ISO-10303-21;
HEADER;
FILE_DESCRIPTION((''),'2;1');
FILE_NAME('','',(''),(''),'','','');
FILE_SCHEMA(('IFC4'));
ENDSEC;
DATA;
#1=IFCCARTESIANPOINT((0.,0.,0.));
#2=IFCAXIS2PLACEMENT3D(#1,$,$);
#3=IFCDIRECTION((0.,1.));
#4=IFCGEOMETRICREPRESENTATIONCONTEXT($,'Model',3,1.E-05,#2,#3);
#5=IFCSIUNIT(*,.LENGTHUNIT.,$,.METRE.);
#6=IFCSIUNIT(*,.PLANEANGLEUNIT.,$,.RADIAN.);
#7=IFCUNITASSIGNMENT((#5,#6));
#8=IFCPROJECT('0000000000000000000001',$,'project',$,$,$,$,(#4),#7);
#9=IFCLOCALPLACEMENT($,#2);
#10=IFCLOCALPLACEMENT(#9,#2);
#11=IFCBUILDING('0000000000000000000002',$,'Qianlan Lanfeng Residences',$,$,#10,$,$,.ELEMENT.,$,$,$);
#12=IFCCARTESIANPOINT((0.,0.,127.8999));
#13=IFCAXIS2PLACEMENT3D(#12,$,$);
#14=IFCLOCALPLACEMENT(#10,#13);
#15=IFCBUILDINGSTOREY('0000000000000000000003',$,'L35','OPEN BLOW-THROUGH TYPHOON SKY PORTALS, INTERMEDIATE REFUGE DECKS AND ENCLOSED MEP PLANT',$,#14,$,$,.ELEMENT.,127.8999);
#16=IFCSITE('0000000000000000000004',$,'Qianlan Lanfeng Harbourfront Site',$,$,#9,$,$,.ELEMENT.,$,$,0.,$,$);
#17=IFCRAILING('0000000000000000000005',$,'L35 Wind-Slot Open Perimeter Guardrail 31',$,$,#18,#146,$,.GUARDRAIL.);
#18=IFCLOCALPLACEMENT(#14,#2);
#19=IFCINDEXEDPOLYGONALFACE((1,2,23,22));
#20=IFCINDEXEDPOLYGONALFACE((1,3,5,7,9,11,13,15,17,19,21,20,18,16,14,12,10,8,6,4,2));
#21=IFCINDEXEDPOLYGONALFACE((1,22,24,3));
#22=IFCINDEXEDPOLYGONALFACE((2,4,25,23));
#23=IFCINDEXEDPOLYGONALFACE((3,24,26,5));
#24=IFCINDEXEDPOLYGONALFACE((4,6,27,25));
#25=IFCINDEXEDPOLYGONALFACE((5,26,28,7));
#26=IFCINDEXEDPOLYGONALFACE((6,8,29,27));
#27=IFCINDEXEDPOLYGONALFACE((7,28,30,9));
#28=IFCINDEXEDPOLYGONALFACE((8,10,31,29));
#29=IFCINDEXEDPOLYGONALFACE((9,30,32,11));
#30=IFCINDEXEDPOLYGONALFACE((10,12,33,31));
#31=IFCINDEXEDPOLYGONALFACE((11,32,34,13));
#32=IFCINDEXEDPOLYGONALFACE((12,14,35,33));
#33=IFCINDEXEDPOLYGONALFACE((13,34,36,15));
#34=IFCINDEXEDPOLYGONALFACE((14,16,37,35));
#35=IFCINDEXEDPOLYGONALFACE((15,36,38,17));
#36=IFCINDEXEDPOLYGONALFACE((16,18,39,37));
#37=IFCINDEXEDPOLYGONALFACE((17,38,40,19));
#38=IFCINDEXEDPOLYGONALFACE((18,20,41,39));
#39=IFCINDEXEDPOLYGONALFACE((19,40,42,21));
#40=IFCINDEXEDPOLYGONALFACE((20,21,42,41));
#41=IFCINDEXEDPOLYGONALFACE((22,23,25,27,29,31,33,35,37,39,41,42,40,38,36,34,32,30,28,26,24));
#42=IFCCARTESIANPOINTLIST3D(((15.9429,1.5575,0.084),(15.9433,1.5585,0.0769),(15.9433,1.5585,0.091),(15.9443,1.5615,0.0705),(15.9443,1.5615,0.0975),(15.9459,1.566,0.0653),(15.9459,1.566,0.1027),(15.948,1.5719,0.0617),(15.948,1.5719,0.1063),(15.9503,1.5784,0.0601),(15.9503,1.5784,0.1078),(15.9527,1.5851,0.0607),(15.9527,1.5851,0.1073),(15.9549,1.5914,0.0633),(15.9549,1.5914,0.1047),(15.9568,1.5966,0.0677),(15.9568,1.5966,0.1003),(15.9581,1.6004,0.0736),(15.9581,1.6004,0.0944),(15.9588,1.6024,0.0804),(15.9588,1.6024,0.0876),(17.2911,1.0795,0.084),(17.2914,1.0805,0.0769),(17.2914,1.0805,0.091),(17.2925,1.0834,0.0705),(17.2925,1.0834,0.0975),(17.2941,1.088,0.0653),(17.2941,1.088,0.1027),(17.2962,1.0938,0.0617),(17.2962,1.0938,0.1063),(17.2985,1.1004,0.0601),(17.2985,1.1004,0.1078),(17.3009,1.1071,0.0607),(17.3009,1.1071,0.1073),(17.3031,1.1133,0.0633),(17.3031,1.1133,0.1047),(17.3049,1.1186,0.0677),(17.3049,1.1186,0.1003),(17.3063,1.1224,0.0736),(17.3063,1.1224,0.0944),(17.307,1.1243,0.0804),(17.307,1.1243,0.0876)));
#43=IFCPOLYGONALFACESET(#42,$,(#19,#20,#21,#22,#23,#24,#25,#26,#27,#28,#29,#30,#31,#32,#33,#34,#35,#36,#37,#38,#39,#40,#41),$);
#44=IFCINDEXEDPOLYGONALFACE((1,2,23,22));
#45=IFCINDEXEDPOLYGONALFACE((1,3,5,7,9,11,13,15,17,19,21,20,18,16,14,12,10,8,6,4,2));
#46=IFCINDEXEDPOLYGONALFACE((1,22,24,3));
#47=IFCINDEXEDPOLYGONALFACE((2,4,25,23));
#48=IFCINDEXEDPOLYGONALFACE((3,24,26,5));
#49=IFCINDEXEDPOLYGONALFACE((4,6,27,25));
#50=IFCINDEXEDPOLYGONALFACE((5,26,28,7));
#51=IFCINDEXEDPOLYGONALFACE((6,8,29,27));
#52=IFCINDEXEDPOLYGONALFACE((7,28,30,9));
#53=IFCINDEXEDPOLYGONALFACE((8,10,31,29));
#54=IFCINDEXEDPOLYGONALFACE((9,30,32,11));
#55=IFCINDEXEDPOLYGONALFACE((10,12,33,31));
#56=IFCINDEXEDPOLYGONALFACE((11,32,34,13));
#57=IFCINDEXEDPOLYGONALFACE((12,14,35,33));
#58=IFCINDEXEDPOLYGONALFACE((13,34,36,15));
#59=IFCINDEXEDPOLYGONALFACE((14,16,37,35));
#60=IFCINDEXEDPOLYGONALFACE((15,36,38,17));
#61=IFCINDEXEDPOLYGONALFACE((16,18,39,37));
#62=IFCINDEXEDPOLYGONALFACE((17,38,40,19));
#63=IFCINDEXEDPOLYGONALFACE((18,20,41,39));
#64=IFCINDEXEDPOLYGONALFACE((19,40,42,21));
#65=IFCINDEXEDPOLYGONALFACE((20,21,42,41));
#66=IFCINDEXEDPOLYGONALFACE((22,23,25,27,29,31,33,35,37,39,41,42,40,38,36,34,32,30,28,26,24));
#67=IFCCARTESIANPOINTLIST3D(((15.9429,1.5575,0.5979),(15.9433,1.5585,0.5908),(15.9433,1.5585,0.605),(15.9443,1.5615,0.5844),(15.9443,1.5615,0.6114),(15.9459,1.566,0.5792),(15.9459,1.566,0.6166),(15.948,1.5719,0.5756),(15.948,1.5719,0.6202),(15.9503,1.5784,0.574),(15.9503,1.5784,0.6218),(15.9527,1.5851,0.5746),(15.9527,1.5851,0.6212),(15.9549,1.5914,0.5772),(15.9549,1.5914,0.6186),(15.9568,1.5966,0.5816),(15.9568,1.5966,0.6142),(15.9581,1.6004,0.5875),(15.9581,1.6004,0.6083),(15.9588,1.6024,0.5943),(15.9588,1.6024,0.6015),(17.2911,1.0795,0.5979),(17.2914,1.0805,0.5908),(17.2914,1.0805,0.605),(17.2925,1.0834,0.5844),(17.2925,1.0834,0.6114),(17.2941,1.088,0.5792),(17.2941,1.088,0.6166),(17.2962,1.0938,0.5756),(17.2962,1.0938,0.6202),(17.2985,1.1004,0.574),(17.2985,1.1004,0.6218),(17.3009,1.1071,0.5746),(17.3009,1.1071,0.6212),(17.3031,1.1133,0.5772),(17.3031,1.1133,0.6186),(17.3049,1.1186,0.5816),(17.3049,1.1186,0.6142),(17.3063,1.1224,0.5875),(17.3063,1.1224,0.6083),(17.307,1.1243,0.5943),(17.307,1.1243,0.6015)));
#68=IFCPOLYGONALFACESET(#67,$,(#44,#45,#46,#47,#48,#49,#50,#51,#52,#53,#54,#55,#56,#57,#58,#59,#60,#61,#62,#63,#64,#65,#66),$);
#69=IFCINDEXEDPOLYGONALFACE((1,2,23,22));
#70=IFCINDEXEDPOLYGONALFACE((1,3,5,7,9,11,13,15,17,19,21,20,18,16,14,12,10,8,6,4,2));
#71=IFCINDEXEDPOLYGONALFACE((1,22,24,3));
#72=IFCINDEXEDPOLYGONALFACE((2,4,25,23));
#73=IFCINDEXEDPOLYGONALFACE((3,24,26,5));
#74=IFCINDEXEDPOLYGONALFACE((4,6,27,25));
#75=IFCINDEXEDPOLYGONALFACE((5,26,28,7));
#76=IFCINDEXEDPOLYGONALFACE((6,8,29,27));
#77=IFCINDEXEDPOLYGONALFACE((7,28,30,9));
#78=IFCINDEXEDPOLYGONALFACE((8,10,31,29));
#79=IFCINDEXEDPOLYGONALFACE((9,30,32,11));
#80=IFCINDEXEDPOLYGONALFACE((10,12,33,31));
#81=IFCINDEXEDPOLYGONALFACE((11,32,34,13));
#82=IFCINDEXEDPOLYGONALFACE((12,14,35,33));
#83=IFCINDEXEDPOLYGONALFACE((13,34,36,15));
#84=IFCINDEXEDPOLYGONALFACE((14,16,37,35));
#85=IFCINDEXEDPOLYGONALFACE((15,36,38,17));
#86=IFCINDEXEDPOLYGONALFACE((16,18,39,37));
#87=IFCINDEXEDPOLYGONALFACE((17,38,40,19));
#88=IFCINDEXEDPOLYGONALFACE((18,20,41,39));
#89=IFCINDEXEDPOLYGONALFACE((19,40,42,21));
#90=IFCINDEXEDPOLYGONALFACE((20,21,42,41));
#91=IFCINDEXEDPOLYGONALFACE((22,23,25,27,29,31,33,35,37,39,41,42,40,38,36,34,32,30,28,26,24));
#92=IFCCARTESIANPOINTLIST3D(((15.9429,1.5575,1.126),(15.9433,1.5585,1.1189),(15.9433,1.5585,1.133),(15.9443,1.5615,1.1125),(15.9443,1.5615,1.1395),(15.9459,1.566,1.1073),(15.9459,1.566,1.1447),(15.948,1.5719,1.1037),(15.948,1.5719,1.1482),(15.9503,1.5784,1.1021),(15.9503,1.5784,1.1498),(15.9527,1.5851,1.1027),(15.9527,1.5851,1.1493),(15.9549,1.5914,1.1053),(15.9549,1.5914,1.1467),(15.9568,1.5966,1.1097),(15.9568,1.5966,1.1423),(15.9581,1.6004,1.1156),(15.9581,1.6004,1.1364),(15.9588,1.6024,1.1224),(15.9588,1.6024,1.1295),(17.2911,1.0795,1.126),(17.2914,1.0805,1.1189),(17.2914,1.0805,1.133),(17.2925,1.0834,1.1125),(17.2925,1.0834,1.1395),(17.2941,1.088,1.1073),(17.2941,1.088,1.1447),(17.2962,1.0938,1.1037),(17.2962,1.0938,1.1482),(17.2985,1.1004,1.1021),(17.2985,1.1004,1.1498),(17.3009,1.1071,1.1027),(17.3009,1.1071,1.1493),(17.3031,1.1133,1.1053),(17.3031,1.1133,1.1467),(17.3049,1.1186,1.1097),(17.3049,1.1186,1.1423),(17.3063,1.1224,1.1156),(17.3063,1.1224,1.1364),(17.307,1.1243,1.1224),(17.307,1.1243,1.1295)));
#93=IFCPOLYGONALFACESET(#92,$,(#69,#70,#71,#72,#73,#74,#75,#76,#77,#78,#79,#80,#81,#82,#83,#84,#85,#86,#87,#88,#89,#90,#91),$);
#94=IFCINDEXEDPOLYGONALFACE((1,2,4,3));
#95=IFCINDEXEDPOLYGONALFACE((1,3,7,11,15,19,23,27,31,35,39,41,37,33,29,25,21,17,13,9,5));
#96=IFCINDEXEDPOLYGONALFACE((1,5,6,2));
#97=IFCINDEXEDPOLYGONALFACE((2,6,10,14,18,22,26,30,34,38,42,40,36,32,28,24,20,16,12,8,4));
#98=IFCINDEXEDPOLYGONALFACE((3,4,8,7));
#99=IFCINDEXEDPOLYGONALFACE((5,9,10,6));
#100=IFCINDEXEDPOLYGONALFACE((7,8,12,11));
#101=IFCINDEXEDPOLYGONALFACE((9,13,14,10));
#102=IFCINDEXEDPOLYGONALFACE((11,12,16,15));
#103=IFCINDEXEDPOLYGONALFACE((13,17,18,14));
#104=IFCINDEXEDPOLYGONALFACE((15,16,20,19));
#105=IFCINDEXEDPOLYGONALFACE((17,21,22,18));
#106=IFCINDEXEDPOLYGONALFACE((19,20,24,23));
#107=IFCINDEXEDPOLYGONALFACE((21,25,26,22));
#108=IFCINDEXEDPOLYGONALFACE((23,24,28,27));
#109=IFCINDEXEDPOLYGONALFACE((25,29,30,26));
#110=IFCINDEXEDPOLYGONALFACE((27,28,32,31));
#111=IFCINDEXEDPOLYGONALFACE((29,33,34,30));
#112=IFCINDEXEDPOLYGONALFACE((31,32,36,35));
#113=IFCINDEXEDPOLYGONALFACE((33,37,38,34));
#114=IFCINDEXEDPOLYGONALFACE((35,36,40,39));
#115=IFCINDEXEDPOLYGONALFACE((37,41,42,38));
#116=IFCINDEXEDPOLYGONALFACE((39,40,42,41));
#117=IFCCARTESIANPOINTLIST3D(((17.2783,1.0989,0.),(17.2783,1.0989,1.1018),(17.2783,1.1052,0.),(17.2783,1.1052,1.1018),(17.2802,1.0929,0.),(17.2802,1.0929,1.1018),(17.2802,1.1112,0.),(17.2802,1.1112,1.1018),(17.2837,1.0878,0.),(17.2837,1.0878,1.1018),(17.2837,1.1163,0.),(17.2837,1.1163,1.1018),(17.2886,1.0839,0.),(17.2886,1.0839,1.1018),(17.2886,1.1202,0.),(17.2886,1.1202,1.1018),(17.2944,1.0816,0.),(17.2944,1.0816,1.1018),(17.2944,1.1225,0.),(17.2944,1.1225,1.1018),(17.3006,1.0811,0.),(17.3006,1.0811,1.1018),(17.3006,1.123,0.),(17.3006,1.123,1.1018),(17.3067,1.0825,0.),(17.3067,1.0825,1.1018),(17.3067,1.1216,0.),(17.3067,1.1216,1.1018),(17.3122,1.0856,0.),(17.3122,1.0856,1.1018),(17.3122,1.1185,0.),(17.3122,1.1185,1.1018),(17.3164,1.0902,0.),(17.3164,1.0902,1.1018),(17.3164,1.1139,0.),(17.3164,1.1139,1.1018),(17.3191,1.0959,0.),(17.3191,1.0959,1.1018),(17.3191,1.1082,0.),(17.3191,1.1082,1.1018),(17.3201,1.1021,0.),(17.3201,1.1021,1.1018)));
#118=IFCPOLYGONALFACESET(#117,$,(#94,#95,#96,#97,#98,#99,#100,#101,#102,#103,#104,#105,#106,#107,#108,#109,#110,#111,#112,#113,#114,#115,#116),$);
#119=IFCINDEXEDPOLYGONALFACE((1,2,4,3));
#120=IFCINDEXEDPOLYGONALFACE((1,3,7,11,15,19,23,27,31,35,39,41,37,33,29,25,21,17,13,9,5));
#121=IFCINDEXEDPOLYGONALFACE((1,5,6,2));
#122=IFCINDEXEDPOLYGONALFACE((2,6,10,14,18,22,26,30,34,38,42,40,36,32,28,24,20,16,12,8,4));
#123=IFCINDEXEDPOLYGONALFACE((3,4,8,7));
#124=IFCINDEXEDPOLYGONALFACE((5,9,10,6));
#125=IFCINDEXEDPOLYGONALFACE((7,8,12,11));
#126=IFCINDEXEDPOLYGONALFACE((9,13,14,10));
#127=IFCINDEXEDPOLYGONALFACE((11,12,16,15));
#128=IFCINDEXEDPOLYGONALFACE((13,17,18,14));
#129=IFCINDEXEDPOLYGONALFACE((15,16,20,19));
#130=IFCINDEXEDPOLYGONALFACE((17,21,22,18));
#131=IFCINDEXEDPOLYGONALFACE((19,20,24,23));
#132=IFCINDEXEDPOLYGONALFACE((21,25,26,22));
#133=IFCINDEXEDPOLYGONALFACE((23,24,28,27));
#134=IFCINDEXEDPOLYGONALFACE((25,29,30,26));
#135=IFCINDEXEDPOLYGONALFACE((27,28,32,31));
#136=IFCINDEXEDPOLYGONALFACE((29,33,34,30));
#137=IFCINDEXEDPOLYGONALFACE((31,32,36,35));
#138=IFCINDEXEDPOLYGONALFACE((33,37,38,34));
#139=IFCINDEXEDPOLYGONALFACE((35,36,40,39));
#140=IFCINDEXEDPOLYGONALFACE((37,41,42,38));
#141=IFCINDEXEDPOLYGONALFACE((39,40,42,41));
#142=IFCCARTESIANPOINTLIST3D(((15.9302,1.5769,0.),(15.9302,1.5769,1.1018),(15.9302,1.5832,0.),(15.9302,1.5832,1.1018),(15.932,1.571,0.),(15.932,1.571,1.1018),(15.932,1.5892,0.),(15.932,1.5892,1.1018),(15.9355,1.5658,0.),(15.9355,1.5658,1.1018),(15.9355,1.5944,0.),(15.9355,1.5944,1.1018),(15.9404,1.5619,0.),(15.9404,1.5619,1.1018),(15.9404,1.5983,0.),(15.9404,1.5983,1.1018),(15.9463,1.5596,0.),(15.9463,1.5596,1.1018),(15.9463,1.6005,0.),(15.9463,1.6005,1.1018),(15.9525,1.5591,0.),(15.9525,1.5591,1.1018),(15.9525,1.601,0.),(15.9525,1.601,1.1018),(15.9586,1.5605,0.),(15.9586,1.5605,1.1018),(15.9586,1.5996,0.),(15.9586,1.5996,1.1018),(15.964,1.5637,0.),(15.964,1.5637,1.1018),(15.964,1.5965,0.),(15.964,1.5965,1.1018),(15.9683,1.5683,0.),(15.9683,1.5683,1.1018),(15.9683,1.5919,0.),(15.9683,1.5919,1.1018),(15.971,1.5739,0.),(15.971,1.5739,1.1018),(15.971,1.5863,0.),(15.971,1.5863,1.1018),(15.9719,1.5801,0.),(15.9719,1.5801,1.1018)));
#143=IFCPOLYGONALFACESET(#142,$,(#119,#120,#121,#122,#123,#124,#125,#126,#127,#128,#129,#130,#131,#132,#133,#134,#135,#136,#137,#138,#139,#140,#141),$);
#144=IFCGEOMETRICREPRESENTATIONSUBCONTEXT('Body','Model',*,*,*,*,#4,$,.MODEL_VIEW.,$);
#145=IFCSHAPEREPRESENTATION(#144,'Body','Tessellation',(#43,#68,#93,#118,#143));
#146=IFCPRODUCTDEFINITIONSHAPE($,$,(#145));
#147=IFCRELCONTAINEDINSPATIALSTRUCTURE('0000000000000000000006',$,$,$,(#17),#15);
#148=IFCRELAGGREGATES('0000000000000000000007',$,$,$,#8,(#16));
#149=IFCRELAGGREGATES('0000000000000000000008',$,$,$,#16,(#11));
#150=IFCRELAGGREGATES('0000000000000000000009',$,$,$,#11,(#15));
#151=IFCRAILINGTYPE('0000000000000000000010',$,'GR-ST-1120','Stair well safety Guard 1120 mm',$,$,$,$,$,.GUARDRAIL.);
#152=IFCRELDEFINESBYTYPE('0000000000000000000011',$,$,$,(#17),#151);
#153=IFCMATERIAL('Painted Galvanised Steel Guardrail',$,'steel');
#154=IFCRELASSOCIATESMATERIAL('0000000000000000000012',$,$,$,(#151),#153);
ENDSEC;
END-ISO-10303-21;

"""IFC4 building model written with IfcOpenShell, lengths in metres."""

from ifc_helpers import new_model, si_unit, direction, frame, origin, origin_2d, place, context, subcontext, project, spatial, circle, extrude, material, type_object, element, save


model = new_model("IFC4")

# Units and contexts
model_context = context("Model", 3, precision=1e-05, world=origin(), true_north=direction((0.0, 1.0)))
body_context = subcontext(model_context, "Body", "Model", "MODEL_VIEW")
ifc_project = project(units=[si_unit("LENGTHUNIT", "METRE"), si_unit("PLANEANGLEUNIT", "RADIAN")], contexts=[model_context])

# Site, building, storey
site_placement = place(None, origin())
site = spatial("IfcSite", under=ifc_project, at=site_placement, Name="Qianlan Lanfeng Harbourfront Site", CompositionType="ELEMENT", RefElevation=0.0)
building_placement = place(site_placement, origin())
building = spatial("IfcBuilding", under=site, at=building_placement, Name="Qianlan Lanfeng Residences", CompositionType="ELEMENT")
storey_placement = place(building_placement, frame((0.0, 0.0, 127.8999)))
storey = spatial("IfcBuildingStorey", under=building, at=storey_placement, Name="L35", Description="OPEN BLOW-THROUGH TYPHOON SKY PORTALS, INTERMEDIATE REFUGE DECKS AND ENCLOSED MEP PLANT", CompositionType="ELEMENT", Elevation=127.8999)

# Railing
ifc_material_1 = material(Name="Painted Galvanised Steel Guardrail", Category="steel")
railing_type = type_object("IfcRailingType", Name="GR-ST-1120", Description="Stair well safety Guard 1120 mm", PredefinedType="GUARDRAIL", material=ifc_material_1)
railing_1_placement = place(storey_placement, frame((17.2991, 1.1021, 0.0)))
element("IfcRailing", 1, at=railing_1_placement, inside=storey, type_object=railing_type, Name="L35 Wind-Slot Open Perimeter Guardrail 31", PredefinedType="GUARDRAIL", context=body_context, shape_type="SweptSolid", body=[
    extrude(circle(Radius=0.0239, at=origin_2d()), frame((0.0, 0.0, 0.084), z_axis=(-0.942504, 0.334195, 0.0), x_axis=(-0.334195, -0.942504, 0.0)), (0.0, 0.0, 1.0), 1.4304),
    extrude(circle(Radius=0.0239, at=origin_2d()), frame((0.0, 0.0, 0.5979), z_axis=(-0.942504, 0.334195, 0.0), x_axis=(-0.334195, -0.942504, 0.0)), (0.0, 0.0, 1.0), 1.4304),
    extrude(circle(Radius=0.0239, at=origin_2d()), frame((0.0, 0.0, 1.126), z_axis=(-0.942504, 0.334195, 0.0), x_axis=(-0.334195, -0.942504, 0.0)), (0.0, 0.0, 1.0), 1.4304),
    extrude(circle(Radius=0.021, at=origin_2d()), origin(), (0.0, 0.0, 1.0), 1.1018),
    extrude(circle(Radius=0.021, at=origin_2d()), frame((-1.3481, 0.478, 0.0)), (0.0, 0.0, 1.0), 1.1018),
])

save(model, "model.ifc")
